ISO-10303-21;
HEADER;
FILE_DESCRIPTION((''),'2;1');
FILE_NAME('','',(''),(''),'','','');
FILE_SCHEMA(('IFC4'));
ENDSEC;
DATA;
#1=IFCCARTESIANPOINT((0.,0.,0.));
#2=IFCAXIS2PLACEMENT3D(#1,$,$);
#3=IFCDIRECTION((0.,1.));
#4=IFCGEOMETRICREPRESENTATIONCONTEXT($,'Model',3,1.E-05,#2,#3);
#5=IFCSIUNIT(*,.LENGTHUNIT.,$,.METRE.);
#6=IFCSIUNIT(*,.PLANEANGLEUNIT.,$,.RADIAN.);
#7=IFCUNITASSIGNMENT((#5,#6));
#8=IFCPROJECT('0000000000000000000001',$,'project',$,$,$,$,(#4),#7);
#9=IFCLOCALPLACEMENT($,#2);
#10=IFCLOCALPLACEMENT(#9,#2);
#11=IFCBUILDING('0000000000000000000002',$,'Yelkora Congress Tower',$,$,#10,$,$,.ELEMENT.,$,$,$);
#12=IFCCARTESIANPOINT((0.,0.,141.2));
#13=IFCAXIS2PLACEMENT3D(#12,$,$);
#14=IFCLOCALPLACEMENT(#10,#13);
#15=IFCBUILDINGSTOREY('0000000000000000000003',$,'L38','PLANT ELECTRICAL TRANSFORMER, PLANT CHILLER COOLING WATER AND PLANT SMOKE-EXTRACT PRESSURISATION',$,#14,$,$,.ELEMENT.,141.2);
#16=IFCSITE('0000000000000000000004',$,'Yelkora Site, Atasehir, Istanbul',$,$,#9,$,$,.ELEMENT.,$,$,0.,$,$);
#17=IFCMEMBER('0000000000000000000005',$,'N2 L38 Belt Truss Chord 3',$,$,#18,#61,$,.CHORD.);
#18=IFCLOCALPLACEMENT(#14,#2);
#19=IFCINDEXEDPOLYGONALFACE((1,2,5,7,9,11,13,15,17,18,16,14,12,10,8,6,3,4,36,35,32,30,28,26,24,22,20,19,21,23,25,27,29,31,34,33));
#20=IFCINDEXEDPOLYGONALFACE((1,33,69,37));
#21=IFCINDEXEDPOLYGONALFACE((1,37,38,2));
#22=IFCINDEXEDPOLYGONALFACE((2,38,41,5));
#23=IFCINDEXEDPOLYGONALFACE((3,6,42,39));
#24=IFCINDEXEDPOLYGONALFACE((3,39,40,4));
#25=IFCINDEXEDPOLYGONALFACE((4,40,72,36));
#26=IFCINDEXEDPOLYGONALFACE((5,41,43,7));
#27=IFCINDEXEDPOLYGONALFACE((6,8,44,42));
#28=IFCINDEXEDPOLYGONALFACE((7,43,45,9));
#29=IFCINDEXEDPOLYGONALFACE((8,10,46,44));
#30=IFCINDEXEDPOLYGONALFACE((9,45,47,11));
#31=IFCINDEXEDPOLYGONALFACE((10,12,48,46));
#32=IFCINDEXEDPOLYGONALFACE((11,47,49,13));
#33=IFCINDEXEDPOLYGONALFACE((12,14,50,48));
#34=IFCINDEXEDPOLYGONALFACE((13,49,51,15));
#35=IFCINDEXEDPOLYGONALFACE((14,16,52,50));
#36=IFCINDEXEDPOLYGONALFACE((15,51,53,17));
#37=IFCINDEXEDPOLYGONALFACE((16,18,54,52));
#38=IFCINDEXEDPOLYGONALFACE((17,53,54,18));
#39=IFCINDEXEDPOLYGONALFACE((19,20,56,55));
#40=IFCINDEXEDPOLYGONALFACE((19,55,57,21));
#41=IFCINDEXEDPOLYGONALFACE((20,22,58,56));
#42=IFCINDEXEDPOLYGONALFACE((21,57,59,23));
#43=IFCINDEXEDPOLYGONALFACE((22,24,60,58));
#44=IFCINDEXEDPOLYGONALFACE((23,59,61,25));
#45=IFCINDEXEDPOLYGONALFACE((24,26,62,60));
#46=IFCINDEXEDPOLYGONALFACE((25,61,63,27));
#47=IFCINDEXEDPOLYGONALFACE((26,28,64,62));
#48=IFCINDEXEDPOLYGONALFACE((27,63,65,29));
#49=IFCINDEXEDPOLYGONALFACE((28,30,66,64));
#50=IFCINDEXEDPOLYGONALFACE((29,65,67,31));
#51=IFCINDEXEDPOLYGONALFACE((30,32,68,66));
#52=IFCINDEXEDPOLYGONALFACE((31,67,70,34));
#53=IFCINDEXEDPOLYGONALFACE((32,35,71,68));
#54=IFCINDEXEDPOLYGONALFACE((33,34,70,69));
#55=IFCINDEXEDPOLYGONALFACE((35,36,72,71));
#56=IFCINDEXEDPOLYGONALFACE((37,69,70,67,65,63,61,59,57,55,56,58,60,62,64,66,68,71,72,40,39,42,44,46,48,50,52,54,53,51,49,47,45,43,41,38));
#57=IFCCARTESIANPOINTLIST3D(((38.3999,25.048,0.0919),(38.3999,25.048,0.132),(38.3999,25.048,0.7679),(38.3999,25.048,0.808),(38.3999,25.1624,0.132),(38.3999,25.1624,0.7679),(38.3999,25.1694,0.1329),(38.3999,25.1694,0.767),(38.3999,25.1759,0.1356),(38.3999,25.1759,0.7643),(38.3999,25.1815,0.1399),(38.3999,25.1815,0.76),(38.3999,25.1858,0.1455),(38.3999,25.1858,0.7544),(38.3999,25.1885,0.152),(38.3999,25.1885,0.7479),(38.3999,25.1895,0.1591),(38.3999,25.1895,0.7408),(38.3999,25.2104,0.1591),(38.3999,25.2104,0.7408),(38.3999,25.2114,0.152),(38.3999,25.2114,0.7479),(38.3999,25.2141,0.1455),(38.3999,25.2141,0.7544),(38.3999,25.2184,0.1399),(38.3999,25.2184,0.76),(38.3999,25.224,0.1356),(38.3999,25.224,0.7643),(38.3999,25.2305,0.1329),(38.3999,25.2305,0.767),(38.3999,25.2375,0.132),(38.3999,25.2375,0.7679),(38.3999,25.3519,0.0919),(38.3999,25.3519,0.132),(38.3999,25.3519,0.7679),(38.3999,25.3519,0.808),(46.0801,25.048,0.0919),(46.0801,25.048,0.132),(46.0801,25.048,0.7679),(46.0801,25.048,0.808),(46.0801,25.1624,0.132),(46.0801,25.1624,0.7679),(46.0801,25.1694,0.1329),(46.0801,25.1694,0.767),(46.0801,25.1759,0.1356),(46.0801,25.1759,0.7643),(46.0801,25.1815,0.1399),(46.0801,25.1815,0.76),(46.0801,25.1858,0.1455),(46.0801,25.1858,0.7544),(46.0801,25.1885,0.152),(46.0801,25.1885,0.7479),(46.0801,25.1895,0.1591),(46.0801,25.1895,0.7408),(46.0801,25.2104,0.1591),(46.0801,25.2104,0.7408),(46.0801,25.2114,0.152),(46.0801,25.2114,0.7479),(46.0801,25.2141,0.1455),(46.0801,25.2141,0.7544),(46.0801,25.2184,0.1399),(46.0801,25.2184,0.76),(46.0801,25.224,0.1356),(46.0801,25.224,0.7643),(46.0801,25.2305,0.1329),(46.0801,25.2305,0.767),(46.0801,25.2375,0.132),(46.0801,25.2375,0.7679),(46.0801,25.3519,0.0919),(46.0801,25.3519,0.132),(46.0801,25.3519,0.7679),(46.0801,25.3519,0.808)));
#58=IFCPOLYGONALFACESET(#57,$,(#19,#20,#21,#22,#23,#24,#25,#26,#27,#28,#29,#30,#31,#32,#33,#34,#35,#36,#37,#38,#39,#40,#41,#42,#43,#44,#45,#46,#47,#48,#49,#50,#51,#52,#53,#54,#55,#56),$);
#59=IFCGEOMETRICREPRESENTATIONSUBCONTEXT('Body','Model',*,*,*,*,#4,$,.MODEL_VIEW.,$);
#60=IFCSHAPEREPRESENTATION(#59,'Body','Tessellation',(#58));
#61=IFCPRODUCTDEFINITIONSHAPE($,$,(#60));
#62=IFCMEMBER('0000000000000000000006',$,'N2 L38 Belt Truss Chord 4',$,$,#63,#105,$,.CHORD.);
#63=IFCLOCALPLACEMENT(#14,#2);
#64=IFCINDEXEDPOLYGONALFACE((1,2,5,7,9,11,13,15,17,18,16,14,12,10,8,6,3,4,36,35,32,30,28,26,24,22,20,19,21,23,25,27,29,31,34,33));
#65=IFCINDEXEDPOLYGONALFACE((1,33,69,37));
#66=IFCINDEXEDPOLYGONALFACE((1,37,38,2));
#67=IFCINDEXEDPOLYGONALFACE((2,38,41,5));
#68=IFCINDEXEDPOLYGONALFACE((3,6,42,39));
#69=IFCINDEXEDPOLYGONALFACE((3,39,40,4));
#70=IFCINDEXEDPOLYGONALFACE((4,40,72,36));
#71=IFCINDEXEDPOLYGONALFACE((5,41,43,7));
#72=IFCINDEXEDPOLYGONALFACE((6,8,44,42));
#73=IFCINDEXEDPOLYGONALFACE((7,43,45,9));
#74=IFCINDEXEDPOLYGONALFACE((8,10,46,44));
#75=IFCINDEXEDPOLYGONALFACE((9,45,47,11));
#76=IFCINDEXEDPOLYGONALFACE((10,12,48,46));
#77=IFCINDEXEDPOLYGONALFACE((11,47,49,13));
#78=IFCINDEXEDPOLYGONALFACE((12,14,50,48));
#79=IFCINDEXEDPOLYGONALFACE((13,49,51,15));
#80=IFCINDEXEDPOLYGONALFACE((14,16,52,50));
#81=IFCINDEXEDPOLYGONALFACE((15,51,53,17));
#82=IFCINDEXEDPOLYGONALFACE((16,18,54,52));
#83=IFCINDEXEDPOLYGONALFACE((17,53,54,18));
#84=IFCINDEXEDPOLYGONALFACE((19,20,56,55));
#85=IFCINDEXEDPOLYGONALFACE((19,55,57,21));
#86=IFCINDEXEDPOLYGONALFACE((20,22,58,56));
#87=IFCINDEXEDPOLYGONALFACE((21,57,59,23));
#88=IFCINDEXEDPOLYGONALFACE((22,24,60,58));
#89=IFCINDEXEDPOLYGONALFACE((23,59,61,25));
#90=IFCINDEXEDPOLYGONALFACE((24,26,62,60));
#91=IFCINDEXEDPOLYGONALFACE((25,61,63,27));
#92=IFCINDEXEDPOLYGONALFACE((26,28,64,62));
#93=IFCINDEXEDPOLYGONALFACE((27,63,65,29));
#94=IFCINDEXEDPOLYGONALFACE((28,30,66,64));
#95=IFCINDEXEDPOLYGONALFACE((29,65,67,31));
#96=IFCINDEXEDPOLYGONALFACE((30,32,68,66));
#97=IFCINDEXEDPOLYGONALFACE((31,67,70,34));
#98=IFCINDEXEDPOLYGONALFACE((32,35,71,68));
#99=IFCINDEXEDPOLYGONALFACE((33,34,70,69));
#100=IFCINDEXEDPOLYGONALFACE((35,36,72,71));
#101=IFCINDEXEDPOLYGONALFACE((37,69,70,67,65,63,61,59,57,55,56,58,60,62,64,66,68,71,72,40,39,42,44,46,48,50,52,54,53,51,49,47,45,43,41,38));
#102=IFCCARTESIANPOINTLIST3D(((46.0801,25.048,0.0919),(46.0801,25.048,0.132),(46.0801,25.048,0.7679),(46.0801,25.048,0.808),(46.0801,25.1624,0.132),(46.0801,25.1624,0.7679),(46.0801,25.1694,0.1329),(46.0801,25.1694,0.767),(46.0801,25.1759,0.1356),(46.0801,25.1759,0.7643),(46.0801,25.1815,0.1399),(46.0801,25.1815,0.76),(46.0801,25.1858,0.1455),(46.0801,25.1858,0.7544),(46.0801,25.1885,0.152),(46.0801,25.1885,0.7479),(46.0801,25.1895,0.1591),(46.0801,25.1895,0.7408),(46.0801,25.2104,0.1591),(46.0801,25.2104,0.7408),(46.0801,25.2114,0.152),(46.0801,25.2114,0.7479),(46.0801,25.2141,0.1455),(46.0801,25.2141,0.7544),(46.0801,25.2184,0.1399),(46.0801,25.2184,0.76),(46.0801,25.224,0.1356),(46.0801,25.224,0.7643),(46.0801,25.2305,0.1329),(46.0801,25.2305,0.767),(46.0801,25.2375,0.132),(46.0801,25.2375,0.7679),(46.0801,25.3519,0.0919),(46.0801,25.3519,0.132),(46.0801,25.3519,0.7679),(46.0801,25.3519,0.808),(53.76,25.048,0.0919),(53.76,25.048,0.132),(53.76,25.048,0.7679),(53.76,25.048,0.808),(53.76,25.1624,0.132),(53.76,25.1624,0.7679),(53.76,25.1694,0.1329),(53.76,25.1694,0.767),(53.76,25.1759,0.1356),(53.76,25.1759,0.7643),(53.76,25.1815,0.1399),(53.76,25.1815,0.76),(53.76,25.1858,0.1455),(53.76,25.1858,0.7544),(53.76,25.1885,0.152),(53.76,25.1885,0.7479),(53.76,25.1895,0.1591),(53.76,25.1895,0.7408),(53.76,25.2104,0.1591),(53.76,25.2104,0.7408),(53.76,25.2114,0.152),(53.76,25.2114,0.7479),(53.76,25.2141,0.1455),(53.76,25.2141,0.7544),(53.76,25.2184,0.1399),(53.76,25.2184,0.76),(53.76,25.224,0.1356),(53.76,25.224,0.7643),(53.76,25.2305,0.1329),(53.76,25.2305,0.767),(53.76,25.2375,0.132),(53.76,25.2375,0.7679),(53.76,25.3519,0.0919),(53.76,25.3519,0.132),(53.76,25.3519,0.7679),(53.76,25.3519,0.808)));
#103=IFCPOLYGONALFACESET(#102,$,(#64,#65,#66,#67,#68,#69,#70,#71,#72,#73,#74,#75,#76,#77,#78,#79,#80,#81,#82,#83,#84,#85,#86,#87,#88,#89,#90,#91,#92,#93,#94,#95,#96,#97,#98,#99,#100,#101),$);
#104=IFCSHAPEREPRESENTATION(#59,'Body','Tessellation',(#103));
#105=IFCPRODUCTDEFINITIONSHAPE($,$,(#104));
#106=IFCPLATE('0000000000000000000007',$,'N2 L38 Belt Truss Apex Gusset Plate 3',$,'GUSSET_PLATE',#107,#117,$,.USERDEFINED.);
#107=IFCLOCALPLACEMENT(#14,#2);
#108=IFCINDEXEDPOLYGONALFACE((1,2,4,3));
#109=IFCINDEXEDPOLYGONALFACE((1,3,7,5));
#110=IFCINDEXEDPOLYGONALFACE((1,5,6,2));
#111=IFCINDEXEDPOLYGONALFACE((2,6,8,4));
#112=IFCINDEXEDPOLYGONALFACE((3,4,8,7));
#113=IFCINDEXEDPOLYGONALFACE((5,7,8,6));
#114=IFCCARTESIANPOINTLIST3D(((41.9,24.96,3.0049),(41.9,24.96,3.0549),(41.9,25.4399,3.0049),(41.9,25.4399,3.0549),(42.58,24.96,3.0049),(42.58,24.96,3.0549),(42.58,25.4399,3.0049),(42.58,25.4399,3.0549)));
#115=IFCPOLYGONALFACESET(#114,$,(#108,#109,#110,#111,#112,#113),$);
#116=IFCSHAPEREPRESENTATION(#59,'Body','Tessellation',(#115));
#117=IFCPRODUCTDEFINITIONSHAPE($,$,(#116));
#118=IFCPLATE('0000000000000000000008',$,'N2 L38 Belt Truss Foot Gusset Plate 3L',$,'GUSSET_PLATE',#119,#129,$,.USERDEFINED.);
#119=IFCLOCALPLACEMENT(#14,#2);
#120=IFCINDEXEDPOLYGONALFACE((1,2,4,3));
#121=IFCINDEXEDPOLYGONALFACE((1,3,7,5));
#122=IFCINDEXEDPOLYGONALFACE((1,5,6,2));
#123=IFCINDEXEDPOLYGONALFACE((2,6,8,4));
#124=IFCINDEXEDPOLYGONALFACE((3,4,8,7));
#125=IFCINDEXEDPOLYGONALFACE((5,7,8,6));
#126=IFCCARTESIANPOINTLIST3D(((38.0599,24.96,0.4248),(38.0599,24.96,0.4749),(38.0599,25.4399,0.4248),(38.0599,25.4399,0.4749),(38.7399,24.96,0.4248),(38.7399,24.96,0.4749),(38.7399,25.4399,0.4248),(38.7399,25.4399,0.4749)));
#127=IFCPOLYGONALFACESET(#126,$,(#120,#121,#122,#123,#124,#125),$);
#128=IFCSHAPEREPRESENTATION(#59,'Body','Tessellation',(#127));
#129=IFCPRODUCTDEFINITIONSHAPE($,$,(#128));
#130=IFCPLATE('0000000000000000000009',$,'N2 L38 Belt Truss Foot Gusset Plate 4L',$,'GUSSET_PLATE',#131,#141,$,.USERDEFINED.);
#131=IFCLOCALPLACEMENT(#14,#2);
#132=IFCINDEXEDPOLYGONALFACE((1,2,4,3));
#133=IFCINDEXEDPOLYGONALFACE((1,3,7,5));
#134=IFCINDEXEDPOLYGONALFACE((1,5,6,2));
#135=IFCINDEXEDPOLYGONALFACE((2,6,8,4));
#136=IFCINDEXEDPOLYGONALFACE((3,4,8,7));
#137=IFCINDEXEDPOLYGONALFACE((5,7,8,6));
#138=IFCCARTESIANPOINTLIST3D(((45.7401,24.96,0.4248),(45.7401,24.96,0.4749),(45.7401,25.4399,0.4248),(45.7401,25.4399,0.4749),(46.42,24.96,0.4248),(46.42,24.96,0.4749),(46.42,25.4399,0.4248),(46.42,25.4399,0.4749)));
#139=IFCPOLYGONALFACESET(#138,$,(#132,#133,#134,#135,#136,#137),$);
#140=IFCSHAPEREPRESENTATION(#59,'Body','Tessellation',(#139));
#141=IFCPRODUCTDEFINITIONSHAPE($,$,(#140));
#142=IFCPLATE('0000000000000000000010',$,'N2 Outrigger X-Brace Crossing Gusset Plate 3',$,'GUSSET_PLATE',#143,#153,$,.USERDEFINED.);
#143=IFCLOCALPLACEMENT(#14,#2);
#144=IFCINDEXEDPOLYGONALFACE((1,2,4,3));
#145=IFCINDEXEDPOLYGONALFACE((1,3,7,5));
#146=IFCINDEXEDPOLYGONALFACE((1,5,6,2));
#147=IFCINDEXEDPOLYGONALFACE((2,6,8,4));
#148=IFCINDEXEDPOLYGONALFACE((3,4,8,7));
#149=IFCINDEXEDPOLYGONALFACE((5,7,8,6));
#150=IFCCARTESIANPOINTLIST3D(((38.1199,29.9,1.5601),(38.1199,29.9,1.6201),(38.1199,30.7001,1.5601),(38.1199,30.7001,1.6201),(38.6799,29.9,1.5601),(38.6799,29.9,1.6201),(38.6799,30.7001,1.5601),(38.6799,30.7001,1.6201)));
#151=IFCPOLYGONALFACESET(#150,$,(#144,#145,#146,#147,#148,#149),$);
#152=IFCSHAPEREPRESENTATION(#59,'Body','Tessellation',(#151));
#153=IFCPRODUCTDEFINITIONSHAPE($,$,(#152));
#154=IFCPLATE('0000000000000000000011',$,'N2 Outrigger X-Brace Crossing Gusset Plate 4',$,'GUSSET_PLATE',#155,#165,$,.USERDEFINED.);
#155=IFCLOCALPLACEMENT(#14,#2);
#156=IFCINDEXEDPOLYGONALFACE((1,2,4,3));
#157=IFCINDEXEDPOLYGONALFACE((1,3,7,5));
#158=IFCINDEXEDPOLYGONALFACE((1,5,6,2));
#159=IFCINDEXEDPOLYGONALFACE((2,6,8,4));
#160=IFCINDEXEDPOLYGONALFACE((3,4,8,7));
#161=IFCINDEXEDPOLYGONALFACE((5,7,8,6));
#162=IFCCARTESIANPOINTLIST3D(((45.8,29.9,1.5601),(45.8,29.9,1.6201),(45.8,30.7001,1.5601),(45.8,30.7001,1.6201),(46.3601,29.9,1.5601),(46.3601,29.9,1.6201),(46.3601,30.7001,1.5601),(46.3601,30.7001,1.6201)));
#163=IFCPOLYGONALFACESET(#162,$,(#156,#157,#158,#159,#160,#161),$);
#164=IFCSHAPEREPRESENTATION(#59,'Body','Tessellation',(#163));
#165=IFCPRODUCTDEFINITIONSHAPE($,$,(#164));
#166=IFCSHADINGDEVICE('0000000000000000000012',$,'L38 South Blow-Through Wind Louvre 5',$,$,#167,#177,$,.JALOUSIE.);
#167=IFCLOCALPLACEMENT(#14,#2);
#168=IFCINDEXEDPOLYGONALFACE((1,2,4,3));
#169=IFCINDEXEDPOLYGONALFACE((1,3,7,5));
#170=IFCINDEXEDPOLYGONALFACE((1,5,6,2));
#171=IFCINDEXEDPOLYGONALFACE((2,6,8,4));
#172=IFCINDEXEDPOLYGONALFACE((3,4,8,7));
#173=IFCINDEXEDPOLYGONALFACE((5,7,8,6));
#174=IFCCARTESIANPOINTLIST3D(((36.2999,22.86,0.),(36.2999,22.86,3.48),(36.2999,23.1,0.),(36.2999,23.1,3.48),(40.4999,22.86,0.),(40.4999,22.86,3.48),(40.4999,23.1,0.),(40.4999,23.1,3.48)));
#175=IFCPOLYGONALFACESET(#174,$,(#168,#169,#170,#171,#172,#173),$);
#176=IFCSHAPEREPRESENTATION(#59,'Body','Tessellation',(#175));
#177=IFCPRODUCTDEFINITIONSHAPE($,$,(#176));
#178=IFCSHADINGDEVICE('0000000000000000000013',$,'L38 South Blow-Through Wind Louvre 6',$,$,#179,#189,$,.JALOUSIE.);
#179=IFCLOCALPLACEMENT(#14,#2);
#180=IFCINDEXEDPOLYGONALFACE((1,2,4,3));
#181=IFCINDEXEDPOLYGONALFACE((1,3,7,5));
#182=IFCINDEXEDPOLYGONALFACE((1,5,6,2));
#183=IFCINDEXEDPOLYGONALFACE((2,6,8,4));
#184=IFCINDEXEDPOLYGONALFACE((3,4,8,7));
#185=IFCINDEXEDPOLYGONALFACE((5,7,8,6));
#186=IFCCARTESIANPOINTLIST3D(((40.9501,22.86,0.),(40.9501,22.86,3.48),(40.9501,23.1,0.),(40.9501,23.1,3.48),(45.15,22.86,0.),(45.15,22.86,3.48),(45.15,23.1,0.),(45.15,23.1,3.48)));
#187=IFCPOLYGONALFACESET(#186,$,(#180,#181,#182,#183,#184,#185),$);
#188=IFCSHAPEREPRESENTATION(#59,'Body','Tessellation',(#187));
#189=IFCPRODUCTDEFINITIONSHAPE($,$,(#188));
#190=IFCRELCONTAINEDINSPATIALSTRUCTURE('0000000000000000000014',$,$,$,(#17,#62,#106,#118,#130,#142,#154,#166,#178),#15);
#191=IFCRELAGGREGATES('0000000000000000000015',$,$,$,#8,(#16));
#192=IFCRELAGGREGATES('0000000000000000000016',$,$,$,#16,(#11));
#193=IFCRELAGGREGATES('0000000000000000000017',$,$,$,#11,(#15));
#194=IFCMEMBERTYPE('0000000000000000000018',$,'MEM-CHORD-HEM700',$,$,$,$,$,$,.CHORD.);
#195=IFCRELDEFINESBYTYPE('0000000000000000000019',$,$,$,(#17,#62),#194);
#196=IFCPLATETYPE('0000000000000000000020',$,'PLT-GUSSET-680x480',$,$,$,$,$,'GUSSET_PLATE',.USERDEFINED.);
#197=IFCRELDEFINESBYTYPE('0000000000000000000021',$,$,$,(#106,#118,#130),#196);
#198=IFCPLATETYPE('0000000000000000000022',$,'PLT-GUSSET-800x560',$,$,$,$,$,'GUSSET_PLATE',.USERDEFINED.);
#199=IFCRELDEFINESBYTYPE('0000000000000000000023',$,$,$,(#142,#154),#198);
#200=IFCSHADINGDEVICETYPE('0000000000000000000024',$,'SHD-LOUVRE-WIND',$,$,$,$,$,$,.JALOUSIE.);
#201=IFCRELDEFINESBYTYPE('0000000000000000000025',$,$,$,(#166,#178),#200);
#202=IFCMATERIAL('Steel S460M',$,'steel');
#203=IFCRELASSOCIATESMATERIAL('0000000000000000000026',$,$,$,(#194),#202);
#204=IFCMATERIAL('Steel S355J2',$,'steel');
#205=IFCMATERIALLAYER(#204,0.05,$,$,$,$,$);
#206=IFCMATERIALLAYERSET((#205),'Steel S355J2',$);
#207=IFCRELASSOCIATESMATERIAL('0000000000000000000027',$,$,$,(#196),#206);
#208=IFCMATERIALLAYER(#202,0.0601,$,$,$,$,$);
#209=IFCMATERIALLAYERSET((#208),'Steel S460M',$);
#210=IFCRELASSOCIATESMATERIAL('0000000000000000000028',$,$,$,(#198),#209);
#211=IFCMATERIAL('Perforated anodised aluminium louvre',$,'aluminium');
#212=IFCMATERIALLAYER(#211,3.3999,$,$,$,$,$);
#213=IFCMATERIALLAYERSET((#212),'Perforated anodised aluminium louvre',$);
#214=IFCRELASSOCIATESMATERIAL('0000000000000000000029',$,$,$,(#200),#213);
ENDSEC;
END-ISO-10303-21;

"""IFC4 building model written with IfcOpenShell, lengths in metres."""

from ifc_helpers import new_model, si_unit, direction, frame, origin, origin_2d, place, context, subcontext, project, spatial, rectangle, i_section, extrude, material, layer, layer_set, material_profile, profile_set, type_object, element, save


model = new_model("IFC4")

# Units and contexts
model_context = context("Model", 3, precision=1e-05, world=origin(), true_north=direction((0.0, 1.0)))
body_context = subcontext(model_context, "Body", "Model", "MODEL_VIEW")
ifc_project = project(units=[si_unit("LENGTHUNIT", "METRE"), si_unit("PLANEANGLEUNIT", "RADIAN")], contexts=[model_context])

# Site, building, storey
site_placement = place(None, origin())
site = spatial("IfcSite", under=ifc_project, at=site_placement, Name="Yelkora Site, Atasehir, Istanbul", CompositionType="ELEMENT", RefElevation=0.0)
building_placement = place(site_placement, origin())
building = spatial("IfcBuilding", under=site, at=building_placement, Name="Yelkora Congress Tower", CompositionType="ELEMENT")
storey_placement = place(building_placement, frame((0.0, 0.0, 141.2)))
storey = spatial("IfcBuildingStorey", under=building, at=storey_placement, Name="L38", Description="PLANT ELECTRICAL TRANSFORMER, PLANT CHILLER COOLING WATER AND PLANT SMOKE-EXTRACT PRESSURISATION", CompositionType="ELEMENT", Elevation=141.2)

# Shared definitions
ifc_material_1 = material(Name="Steel S460M", Category="steel")

# Members
ifc_material_profile_1 = material_profile(ifc_material_1, i_section(OverallWidth=0.304, OverallDepth=0.7161, WebThickness=0.021, FlangeThickness=0.04, FilletRadius=0.0271, at=origin_2d()), Name="HEM 700")
ifc_profile_set_1 = profile_set([ifc_material_profile_1], Name="Steel S460M")
member_type_1 = type_object("IfcMemberType", Name="MEM-CHORD-HEM700", PredefinedType="CHORD", material=ifc_profile_set_1)
member_1_placement = place(storey_placement, frame((38.3999, 25.2, 0.45), z_axis=(1.0, 0.0, 0.0), x_axis=(0.0, 1.0, 0.0)))
element("IfcMember", 1, at=member_1_placement, inside=storey, type_object=member_type_1, Name="N2 L38 Belt Truss Chord 3", PredefinedType="CHORD", context=body_context, shape_type="SweptSolid", body=[
    extrude(i_section(OverallWidth=0.304, OverallDepth=0.7161, WebThickness=0.021, FlangeThickness=0.04, FilletRadius=0.0271, at=origin_2d()), origin(), (0.0, 0.0, 1.0), 7.6802),
])
member_2_placement = place(storey_placement, frame((46.0801, 25.2, 0.45), z_axis=(1.0, 0.0, 0.0), x_axis=(0.0, 1.0, 0.0)))
element("IfcMember", 2, at=member_2_placement, inside=storey, type_object=member_type_1, Name="N2 L38 Belt Truss Chord 4", PredefinedType="CHORD", context=body_context, shape_type="SweptSolid", body=[
    extrude(i_section(OverallWidth=0.304, OverallDepth=0.7161, WebThickness=0.021, FlangeThickness=0.04, FilletRadius=0.0271, at=origin_2d()), origin(), (0.0, 0.0, 1.0), 7.6799),
])

# Plates
ifc_material_2 = material(Name="Steel S355J2", Category="steel")
ifc_layer_1 = layer(ifc_material_2, 0.05)
ifc_layer_set_1 = layer_set([ifc_layer_1], Name="Steel S355J2")
plate_type_1 = type_object("IfcPlateType", Name="PLT-GUSSET-680x480", ElementType="GUSSET_PLATE", PredefinedType="USERDEFINED", material=ifc_layer_set_1)
for number, where, z_axis, x_axis, name in (
    (3, (42.24, 25.2, 3.0049), (0.0, 0.0, 1.0), (1.0, 0.0, 0.0), "N2 L38 Belt Truss Apex Gusset Plate 3"),
    (4, (38.3999, 25.2, 0.4248), (0.0, 0.0, 1.0), (1.0, 0.0, 0.0), "N2 L38 Belt Truss Foot Gusset Plate 3L"),
    (5, (46.0801, 25.2, 0.4248), (0.0, 0.0, 1.0), (1.0, 0.0, 0.0), "N2 L38 Belt Truss Foot Gusset Plate 4L"),
):
    element("IfcPlate", number, at=place(storey_placement, frame(where, z_axis=z_axis, x_axis=x_axis)), inside=storey, type_object=plate_type_1, Name=name, ObjectType="GUSSET_PLATE", PredefinedType="USERDEFINED", context=body_context, shape_type="SweptSolid", body=[
        extrude(rectangle(XDim=0.6799, YDim=0.48, at=origin_2d()), origin(), (0.0, 0.0, 1.0), 0.05),
    ])
ifc_layer_2 = layer(ifc_material_1, 0.0601)
ifc_layer_set_2 = layer_set([ifc_layer_2], Name="Steel S460M")
plate_type_2 = type_object("IfcPlateType", Name="PLT-GUSSET-800x560", ElementType="GUSSET_PLATE", PredefinedType="USERDEFINED", material=ifc_layer_set_2)
for number, where, z_axis, x_axis, name in (
    (6, (38.3999, 30.3, 1.5601), (0.0, 0.0, 1.0), (0.0, 1.0, 0.0), "N2 Outrigger X-Brace Crossing Gusset Plate 3"),
    (7, (46.0801, 30.3, 1.5601), (0.0, 0.0, 1.0), (0.0, 1.0, 0.0), "N2 Outrigger X-Brace Crossing Gusset Plate 4"),
):
    element("IfcPlate", number, at=place(storey_placement, frame(where, z_axis=z_axis, x_axis=x_axis)), inside=storey, type_object=plate_type_2, Name=name, ObjectType="GUSSET_PLATE", PredefinedType="USERDEFINED", context=body_context, shape_type="SweptSolid", body=[
        extrude(rectangle(XDim=0.8, YDim=0.5601, at=origin_2d()), origin(), (0.0, 0.0, 1.0), 0.0601),
    ])

# Shading devices
ifc_material_3 = material(Name="Perforated anodised aluminium louvre", Category="aluminium")
ifc_layer_3 = layer(ifc_material_3, 3.3999)
ifc_layer_set_3 = layer_set([ifc_layer_3], Name="Perforated anodised aluminium louvre")
shading_device_type = type_object("IfcShadingDeviceType", Name="SHD-LOUVRE-WIND", PredefinedType="JALOUSIE", material=ifc_layer_set_3)
for number, where, z_axis, x_axis, name in (
    (8, (38.3999, 22.98, 0.0), (0.0, 0.0, 1.0), (1.0, 0.0, 0.0), "L38 South Blow-Through Wind Louvre 5"),
    (9, (43.05, 22.98, 0.0), (0.0, 0.0, 1.0), (1.0, 0.0, 0.0), "L38 South Blow-Through Wind Louvre 6"),
):
    element("IfcShadingDevice", number, at=place(storey_placement, frame(where, z_axis=z_axis, x_axis=x_axis)), inside=storey, type_object=shading_device_type, Name=name, PredefinedType="JALOUSIE", context=body_context, shape_type="SweptSolid", body=[
        extrude(rectangle(XDim=4.2, YDim=0.24, at=origin_2d()), origin(), (0.0, 0.0, 1.0), 3.48),
    ])

save(model, "model.ifc")
